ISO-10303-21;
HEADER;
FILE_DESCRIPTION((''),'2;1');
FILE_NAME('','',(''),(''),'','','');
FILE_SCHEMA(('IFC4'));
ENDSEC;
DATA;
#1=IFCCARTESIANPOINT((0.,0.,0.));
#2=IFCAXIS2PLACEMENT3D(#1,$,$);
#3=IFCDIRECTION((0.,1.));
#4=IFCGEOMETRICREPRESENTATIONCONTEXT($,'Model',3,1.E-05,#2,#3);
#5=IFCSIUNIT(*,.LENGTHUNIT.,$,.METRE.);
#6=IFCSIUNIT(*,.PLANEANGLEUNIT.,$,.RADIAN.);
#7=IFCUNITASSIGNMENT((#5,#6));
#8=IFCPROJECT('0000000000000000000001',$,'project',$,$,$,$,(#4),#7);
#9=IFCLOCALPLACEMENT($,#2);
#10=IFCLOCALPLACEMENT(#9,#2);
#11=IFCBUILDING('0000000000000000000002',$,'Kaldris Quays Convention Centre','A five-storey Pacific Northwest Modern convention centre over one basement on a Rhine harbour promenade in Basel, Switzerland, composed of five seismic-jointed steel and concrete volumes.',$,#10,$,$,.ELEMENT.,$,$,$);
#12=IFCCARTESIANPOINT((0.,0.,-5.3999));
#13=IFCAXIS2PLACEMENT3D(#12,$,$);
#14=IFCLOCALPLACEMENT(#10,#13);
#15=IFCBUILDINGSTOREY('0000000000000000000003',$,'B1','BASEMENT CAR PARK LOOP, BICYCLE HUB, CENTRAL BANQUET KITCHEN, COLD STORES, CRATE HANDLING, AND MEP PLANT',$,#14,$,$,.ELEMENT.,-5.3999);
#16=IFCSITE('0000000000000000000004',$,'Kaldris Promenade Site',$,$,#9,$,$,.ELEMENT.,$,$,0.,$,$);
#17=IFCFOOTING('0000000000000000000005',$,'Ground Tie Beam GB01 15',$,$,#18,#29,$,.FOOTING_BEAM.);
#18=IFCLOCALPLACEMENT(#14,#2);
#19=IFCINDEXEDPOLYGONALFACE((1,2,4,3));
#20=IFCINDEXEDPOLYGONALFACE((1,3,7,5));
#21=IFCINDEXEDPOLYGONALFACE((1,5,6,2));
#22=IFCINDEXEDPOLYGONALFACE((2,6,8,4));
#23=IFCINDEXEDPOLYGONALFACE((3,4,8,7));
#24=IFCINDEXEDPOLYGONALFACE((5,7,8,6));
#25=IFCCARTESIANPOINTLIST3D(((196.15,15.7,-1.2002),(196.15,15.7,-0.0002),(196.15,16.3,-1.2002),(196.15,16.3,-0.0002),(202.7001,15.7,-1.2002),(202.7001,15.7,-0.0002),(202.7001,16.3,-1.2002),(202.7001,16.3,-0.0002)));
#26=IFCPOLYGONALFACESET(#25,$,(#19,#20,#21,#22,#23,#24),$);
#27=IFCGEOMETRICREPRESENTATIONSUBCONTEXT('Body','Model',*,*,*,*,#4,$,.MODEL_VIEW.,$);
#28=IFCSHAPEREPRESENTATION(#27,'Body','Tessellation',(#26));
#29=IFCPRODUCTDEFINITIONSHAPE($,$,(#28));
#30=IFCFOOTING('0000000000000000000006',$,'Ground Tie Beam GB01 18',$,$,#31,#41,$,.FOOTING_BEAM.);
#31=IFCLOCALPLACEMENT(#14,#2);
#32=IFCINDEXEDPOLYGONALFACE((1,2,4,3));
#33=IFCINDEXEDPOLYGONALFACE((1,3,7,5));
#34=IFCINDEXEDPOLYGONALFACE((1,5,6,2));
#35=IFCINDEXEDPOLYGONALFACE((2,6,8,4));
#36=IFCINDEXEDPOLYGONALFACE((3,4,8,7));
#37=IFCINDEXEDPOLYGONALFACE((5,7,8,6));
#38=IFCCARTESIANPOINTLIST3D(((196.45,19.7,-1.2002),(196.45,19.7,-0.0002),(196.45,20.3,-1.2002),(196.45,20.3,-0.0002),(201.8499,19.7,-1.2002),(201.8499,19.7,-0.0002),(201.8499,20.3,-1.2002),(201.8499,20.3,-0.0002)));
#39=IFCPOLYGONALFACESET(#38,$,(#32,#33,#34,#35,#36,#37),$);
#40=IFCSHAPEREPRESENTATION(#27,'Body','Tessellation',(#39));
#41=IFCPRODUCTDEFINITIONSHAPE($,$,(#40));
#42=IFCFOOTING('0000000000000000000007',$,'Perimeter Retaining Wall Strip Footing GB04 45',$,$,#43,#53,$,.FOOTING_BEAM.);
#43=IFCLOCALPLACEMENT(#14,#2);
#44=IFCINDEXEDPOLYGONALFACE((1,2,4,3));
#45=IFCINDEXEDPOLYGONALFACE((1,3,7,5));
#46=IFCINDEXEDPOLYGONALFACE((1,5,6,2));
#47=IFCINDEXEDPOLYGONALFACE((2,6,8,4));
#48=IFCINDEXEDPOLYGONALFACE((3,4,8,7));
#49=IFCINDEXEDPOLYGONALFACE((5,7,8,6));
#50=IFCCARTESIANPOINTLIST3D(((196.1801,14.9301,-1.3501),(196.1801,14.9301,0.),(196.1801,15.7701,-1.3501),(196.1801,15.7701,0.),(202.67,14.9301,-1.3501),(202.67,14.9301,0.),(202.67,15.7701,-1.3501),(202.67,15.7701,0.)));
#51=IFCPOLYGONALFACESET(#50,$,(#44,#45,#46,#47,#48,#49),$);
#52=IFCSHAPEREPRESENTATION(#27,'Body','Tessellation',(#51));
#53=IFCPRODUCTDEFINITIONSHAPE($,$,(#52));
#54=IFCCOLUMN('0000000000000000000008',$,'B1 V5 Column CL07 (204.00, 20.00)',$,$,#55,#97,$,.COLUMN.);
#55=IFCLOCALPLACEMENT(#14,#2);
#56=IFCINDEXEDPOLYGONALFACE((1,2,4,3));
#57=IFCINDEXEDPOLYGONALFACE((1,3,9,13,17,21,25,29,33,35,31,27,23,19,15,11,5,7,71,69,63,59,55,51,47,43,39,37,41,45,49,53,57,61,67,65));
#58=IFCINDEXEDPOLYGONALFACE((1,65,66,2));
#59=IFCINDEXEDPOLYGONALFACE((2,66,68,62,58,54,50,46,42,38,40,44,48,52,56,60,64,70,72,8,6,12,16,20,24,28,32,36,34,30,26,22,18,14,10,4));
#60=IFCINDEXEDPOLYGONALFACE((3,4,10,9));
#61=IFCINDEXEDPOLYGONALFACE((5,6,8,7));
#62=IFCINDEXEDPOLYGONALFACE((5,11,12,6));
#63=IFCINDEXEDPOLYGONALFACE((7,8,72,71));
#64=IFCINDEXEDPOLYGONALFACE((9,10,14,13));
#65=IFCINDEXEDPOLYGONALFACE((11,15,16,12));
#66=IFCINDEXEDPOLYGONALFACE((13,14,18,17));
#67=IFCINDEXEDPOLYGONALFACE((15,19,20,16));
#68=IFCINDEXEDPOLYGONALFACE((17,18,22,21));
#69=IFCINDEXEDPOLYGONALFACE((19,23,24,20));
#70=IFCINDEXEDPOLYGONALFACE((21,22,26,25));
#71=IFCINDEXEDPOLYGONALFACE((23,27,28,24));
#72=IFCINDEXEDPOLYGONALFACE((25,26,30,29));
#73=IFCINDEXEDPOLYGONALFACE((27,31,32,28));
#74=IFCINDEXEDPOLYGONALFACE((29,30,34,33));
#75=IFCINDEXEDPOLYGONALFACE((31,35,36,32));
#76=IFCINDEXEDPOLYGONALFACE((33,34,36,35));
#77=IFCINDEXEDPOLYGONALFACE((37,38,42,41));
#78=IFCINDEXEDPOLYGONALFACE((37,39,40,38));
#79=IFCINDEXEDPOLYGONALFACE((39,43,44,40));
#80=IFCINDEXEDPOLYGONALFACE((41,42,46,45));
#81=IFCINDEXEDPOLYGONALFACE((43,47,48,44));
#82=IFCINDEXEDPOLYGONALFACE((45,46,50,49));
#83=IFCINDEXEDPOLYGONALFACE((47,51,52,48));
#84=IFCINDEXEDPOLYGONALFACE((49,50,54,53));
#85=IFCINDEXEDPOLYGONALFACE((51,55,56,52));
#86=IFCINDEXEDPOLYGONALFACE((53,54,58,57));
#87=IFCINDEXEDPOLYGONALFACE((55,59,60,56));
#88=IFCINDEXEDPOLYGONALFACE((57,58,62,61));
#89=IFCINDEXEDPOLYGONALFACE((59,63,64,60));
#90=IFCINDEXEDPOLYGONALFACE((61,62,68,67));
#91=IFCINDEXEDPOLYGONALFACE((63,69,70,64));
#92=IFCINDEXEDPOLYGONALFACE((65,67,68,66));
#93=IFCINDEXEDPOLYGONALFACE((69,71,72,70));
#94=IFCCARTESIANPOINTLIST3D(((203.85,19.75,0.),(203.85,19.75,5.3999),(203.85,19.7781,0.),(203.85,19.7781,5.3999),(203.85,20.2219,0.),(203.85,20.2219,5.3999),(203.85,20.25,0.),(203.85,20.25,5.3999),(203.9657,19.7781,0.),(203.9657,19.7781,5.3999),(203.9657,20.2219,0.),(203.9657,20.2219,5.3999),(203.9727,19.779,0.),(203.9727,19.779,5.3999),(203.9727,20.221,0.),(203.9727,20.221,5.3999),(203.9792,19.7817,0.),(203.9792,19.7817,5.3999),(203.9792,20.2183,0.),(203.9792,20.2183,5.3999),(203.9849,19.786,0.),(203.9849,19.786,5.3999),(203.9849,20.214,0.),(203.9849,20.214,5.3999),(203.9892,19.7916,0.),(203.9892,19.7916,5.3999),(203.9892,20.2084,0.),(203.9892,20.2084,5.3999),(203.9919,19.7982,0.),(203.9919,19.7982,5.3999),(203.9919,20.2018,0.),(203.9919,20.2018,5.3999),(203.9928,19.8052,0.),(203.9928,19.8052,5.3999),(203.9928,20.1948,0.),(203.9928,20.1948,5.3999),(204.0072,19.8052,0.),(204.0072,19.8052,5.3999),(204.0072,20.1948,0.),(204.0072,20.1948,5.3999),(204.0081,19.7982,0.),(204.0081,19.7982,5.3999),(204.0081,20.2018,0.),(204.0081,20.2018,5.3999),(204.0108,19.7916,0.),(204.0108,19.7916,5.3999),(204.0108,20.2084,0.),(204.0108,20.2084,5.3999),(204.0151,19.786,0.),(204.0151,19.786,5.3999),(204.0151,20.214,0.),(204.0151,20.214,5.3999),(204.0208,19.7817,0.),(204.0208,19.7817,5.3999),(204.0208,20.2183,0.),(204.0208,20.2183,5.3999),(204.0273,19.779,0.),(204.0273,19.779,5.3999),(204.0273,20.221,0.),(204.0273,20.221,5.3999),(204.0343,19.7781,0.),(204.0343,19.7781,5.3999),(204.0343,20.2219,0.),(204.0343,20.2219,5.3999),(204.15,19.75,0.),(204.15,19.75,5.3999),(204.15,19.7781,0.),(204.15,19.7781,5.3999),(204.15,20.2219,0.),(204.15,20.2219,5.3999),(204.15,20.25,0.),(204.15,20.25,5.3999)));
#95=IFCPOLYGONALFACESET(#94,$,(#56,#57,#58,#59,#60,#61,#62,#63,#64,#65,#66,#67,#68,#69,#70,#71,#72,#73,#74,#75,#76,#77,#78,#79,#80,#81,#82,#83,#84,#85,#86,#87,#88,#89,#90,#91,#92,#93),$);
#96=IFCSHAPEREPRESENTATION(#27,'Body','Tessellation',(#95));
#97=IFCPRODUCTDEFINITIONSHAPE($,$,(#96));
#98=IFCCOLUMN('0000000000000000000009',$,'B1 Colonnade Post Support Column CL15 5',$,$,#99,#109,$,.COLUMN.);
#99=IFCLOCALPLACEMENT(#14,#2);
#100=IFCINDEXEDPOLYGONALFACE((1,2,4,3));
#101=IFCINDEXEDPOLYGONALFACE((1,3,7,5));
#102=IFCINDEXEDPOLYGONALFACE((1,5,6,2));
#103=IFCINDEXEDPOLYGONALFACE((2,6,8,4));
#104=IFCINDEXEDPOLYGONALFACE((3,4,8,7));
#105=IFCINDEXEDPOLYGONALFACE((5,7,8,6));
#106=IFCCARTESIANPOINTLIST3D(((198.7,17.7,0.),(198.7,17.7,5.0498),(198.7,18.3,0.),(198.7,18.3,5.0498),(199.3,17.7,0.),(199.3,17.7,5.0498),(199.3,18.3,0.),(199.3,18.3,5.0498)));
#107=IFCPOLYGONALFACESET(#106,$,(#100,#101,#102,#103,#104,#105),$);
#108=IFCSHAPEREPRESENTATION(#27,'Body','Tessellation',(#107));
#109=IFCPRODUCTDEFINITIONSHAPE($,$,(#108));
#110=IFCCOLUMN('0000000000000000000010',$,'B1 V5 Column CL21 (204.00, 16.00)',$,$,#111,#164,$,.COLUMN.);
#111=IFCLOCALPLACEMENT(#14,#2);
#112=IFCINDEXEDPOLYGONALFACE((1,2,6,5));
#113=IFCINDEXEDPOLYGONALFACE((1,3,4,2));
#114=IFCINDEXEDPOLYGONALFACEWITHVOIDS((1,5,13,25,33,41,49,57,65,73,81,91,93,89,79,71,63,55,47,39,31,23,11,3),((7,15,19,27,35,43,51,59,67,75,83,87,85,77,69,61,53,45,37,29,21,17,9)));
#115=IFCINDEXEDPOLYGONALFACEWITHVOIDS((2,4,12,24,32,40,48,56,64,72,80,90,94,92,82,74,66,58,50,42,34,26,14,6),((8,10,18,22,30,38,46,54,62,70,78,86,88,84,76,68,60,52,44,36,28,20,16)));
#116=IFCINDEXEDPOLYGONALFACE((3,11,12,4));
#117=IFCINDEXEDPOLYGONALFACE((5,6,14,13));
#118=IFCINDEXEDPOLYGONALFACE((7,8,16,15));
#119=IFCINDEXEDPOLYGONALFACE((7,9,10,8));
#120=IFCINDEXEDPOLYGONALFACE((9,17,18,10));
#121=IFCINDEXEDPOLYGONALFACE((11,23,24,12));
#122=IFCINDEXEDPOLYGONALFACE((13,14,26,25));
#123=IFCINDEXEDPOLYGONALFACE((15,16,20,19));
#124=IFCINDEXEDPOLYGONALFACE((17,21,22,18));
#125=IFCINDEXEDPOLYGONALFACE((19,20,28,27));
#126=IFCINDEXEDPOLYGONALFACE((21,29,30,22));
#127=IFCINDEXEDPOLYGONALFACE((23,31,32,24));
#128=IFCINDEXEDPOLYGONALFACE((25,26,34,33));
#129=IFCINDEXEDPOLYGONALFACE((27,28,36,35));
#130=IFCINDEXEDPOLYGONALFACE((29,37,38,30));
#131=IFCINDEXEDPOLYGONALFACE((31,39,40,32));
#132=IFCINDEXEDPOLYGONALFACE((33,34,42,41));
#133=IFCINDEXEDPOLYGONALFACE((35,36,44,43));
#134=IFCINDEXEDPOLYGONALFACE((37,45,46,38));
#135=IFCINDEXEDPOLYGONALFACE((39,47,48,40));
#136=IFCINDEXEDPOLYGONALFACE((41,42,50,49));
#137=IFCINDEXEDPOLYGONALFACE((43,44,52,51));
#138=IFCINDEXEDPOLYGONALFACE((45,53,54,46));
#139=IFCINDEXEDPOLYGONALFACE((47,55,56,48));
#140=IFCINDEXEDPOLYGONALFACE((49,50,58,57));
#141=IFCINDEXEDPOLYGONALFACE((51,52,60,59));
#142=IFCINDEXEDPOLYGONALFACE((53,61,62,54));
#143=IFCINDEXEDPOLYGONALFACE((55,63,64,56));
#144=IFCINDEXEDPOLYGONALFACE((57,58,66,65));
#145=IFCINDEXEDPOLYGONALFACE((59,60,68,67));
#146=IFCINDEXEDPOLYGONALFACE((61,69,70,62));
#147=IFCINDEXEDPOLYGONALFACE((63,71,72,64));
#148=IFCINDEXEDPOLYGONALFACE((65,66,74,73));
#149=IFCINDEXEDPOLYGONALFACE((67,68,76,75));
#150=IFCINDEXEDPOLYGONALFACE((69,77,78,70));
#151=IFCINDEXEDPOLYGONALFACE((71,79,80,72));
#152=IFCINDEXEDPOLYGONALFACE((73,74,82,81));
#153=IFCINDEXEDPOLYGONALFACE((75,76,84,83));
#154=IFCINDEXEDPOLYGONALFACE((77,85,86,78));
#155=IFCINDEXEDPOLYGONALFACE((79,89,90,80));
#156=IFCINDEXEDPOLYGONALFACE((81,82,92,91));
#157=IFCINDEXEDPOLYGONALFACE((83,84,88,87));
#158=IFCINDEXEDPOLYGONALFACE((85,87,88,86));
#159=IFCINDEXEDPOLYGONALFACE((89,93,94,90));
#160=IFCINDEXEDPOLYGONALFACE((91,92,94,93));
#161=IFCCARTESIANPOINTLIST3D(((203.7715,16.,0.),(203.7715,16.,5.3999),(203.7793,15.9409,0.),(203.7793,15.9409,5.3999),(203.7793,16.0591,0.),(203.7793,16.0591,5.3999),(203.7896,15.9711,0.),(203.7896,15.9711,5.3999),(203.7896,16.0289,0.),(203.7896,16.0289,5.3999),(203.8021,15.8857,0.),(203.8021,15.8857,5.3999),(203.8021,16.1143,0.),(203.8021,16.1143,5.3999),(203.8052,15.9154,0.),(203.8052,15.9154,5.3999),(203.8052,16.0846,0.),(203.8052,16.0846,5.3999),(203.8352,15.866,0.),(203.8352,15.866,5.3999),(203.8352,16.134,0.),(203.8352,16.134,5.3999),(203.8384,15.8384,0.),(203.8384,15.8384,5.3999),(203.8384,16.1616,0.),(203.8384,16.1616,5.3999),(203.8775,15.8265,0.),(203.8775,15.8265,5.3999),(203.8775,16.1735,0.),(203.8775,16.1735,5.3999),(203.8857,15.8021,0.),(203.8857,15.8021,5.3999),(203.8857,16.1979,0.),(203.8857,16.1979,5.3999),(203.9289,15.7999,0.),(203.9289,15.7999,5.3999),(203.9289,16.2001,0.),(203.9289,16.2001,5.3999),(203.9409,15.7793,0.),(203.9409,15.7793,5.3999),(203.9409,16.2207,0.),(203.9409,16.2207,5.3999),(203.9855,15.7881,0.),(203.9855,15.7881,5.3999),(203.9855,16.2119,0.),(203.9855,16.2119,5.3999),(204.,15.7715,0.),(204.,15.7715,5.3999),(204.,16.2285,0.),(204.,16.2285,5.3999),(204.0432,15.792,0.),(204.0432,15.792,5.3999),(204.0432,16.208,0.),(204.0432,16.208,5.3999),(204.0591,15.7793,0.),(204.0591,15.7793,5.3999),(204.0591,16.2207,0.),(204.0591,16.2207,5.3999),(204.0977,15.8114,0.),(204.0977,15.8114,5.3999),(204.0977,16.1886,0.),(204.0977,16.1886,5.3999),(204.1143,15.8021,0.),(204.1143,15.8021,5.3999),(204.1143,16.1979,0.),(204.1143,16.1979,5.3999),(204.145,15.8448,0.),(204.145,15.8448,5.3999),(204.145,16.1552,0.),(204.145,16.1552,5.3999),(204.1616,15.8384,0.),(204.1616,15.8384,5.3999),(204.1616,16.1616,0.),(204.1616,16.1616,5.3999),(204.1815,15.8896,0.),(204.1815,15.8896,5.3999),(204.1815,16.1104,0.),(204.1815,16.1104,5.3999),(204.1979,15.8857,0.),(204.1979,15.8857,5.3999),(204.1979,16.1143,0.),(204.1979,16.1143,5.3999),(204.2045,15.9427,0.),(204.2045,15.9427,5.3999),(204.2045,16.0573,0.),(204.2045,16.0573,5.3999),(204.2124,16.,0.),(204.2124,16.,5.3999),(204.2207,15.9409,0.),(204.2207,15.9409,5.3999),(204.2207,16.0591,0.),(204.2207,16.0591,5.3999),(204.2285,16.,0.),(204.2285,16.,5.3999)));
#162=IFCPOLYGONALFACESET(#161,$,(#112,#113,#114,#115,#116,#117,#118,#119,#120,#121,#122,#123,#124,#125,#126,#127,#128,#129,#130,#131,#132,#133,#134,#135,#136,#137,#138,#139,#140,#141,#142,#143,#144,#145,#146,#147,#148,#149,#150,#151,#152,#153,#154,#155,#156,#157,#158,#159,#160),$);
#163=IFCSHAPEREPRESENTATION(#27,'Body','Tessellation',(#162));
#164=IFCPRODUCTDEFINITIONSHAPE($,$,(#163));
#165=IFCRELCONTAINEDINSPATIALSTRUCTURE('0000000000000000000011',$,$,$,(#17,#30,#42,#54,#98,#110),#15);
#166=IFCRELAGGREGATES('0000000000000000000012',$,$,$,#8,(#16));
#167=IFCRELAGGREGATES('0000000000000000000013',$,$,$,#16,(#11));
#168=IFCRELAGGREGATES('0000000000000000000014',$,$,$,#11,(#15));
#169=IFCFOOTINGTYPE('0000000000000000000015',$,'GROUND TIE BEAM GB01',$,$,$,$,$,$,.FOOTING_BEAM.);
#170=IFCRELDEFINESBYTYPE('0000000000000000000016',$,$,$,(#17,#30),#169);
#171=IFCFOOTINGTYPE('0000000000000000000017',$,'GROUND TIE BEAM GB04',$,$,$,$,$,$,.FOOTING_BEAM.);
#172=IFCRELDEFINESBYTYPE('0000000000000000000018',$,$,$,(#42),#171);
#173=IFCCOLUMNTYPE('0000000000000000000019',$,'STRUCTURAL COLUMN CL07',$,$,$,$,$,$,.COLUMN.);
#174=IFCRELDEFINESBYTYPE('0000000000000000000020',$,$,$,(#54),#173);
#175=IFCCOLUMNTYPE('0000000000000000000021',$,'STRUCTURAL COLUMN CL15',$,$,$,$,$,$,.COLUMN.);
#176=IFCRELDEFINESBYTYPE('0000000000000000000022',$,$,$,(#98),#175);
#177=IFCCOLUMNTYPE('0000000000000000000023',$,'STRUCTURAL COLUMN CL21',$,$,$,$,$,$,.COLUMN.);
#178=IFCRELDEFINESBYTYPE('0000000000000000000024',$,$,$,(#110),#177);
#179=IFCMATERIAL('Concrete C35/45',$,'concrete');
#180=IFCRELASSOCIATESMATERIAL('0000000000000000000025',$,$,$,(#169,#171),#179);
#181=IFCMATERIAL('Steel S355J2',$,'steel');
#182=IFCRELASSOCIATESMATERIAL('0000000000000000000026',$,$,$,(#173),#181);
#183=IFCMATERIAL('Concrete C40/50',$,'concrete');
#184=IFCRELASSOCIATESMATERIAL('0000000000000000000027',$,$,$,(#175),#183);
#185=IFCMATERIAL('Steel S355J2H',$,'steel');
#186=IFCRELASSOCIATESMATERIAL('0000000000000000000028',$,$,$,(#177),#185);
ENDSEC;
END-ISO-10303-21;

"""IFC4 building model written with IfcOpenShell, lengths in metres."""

from ifc_helpers import new_model, si_unit, direction, frame, origin, origin_2d, place, context, subcontext, project, spatial, rectangle, hollow_circle, i_section, extrude, material, material_profile, profile_set, type_object, element, save


model = new_model("IFC4")

# Units and contexts
model_context = context("Model", 3, precision=1e-05, world=origin(), true_north=direction((0.0, 1.0)))
body_context = subcontext(model_context, "Body", "Model", "MODEL_VIEW")
ifc_project = project(units=[si_unit("LENGTHUNIT", "METRE"), si_unit("PLANEANGLEUNIT", "RADIAN")], contexts=[model_context])

# Site, building, storey
site_placement = place(None, origin())
site = spatial("IfcSite", under=ifc_project, at=site_placement, Name="Kaldris Promenade Site", CompositionType="ELEMENT", RefElevation=0.0)
building_placement = place(site_placement, origin())
building = spatial("IfcBuilding", under=site, at=building_placement, Name="Kaldris Quays Convention Centre", Description="A five-storey Pacific Northwest Modern convention centre over one basement on a Rhine harbour promenade in Basel, Switzerland, composed of five seismic-jointed steel and concrete volumes.", CompositionType="ELEMENT")
storey_placement = place(building_placement, frame((0.0, 0.0, -5.3999)))
storey = spatial("IfcBuildingStorey", under=building, at=storey_placement, Name="B1", Description="BASEMENT CAR PARK LOOP, BICYCLE HUB, CENTRAL BANQUET KITCHEN, COLD STORES, CRATE HANDLING, AND MEP PLANT", CompositionType="ELEMENT", Elevation=-5.3999)

# Shared definitions
ifc_material_1 = material(Name="Concrete C35/45", Category="concrete")

# Footings
footing_type_1 = type_object("IfcFootingType", Name="GROUND TIE BEAM GB01", PredefinedType="FOOTING_BEAM", material=ifc_material_1)
footing_1_placement = place(storey_placement, frame((199.425, 16.0, -1.2002), z_axis=(0.0, 0.0, 1.0), x_axis=(1.0, 0.0, 0.0)))
element("IfcFooting", 1, at=footing_1_placement, inside=storey, type_object=footing_type_1, Name="Ground Tie Beam GB01 15", PredefinedType="FOOTING_BEAM", context=body_context, shape_type="SweptSolid", body=[
    extrude(rectangle(XDim=6.55, YDim=0.6001, at=origin_2d()), origin(), (0.0, 0.0, 1.0), 1.2),
])
footing_2_placement = place(storey_placement, frame((199.1499, 20.0, -1.2002), z_axis=(0.0, 0.0, 1.0), x_axis=(1.0, 0.0, 0.0)))
element("IfcFooting", 2, at=footing_2_placement, inside=storey, type_object=footing_type_1, Name="Ground Tie Beam GB01 18", PredefinedType="FOOTING_BEAM", context=body_context, shape_type="SweptSolid", body=[
    extrude(rectangle(XDim=5.3999, YDim=0.6001, at=origin_2d()), origin(), (0.0, 0.0, 1.0), 1.2),
])
footing_type_2 = type_object("IfcFootingType", Name="GROUND TIE BEAM GB04", PredefinedType="FOOTING_BEAM", material=ifc_material_1)
footing_3_placement = place(storey_placement, frame((199.425, 15.3501, -1.3501), z_axis=(0.0, 0.0, 1.0), x_axis=(1.0, 0.0, 0.0)))
element("IfcFooting", 3, at=footing_3_placement, inside=storey, type_object=footing_type_2, Name="Perimeter Retaining Wall Strip Footing GB04 45", PredefinedType="FOOTING_BEAM", context=body_context, shape_type="SweptSolid", body=[
    extrude(rectangle(XDim=6.49, YDim=0.8401, at=origin_2d()), origin(), (0.0, 0.0, 1.0), 1.3501),
])

# Columns
ifc_material_2 = material(Name="Steel S355J2", Category="steel")
ifc_material_profile_1 = material_profile(ifc_material_2, i_section(OverallWidth=0.3, OverallDepth=0.5, WebThickness=0.0144, FlangeThickness=0.0281, FilletRadius=0.0271, at=origin_2d()), Name="HEB 500")
ifc_profile_set_1 = profile_set([ifc_material_profile_1], Name="Steel S355J2")
column_type_1 = type_object("IfcColumnType", Name="STRUCTURAL COLUMN CL07", PredefinedType="COLUMN", material=ifc_profile_set_1)
column_1_placement = place(storey_placement, frame((204.0, 20.0, 0.0), z_axis=(0.0, 0.0, 1.0), x_axis=(1.0, 0.0, 0.0)))
element("IfcColumn", 4, at=column_1_placement, inside=storey, type_object=column_type_1, Name="B1 V5 Column CL07 (204.00, 20.00)", PredefinedType="COLUMN", context=body_context, shape_type="SweptSolid", body=[
    extrude(i_section(OverallWidth=0.3, OverallDepth=0.5, WebThickness=0.0144, FlangeThickness=0.0281, FilletRadius=0.0271, at=origin_2d()), origin(), (0.0, 0.0, 1.0), 5.3999),
])
ifc_material_3 = material(Name="Concrete C40/50", Category="concrete")
ifc_material_profile_2 = material_profile(ifc_material_3, rectangle(XDim=0.6001, YDim=0.6001, at=origin_2d()), Name="RC 600x600")
ifc_profile_set_2 = profile_set([ifc_material_profile_2], Name="Concrete C40/50")
column_type_2 = type_object("IfcColumnType", Name="STRUCTURAL COLUMN CL15", PredefinedType="COLUMN", material=ifc_profile_set_2)
column_2_placement = place(storey_placement, frame((199.0, 18.0, 0.0), z_axis=(0.0, 0.0, 1.0), x_axis=(1.0, 0.0, 0.0)))
element("IfcColumn", 5, at=column_2_placement, inside=storey, type_object=column_type_2, Name="B1 Colonnade Post Support Column CL15 5", PredefinedType="COLUMN", context=body_context, shape_type="SweptSolid", body=[
    extrude(rectangle(XDim=0.6001, YDim=0.6001, at=origin_2d()), origin(), (0.0, 0.0, 1.0), 5.0498),
])
ifc_material_4 = material(Name="Steel S355J2H", Category="steel")
ifc_material_profile_3 = material_profile(ifc_material_4, hollow_circle(Radius=0.2285, WallThickness=0.0161, at=origin_2d()), Name="CHS 457x16")
ifc_profile_set_3 = profile_set([ifc_material_profile_3], Name="Steel S355J2H")
column_type_3 = type_object("IfcColumnType", Name="STRUCTURAL COLUMN CL21", PredefinedType="COLUMN", material=ifc_profile_set_3)
column_3_placement = place(storey_placement, frame((204.0, 16.0, 0.0), z_axis=(0.0, 0.0, 1.0), x_axis=(1.0, 0.0, 0.0)))
element("IfcColumn", 6, at=column_3_placement, inside=storey, type_object=column_type_3, Name="B1 V5 Column CL21 (204.00, 16.00)", PredefinedType="COLUMN", context=body_context, shape_type="SweptSolid", body=[
    extrude(hollow_circle(Radius=0.2285, WallThickness=0.0161, at=origin_2d()), origin(), (0.0, 0.0, 1.0), 5.3999),
])

save(model, "model.ifc")
